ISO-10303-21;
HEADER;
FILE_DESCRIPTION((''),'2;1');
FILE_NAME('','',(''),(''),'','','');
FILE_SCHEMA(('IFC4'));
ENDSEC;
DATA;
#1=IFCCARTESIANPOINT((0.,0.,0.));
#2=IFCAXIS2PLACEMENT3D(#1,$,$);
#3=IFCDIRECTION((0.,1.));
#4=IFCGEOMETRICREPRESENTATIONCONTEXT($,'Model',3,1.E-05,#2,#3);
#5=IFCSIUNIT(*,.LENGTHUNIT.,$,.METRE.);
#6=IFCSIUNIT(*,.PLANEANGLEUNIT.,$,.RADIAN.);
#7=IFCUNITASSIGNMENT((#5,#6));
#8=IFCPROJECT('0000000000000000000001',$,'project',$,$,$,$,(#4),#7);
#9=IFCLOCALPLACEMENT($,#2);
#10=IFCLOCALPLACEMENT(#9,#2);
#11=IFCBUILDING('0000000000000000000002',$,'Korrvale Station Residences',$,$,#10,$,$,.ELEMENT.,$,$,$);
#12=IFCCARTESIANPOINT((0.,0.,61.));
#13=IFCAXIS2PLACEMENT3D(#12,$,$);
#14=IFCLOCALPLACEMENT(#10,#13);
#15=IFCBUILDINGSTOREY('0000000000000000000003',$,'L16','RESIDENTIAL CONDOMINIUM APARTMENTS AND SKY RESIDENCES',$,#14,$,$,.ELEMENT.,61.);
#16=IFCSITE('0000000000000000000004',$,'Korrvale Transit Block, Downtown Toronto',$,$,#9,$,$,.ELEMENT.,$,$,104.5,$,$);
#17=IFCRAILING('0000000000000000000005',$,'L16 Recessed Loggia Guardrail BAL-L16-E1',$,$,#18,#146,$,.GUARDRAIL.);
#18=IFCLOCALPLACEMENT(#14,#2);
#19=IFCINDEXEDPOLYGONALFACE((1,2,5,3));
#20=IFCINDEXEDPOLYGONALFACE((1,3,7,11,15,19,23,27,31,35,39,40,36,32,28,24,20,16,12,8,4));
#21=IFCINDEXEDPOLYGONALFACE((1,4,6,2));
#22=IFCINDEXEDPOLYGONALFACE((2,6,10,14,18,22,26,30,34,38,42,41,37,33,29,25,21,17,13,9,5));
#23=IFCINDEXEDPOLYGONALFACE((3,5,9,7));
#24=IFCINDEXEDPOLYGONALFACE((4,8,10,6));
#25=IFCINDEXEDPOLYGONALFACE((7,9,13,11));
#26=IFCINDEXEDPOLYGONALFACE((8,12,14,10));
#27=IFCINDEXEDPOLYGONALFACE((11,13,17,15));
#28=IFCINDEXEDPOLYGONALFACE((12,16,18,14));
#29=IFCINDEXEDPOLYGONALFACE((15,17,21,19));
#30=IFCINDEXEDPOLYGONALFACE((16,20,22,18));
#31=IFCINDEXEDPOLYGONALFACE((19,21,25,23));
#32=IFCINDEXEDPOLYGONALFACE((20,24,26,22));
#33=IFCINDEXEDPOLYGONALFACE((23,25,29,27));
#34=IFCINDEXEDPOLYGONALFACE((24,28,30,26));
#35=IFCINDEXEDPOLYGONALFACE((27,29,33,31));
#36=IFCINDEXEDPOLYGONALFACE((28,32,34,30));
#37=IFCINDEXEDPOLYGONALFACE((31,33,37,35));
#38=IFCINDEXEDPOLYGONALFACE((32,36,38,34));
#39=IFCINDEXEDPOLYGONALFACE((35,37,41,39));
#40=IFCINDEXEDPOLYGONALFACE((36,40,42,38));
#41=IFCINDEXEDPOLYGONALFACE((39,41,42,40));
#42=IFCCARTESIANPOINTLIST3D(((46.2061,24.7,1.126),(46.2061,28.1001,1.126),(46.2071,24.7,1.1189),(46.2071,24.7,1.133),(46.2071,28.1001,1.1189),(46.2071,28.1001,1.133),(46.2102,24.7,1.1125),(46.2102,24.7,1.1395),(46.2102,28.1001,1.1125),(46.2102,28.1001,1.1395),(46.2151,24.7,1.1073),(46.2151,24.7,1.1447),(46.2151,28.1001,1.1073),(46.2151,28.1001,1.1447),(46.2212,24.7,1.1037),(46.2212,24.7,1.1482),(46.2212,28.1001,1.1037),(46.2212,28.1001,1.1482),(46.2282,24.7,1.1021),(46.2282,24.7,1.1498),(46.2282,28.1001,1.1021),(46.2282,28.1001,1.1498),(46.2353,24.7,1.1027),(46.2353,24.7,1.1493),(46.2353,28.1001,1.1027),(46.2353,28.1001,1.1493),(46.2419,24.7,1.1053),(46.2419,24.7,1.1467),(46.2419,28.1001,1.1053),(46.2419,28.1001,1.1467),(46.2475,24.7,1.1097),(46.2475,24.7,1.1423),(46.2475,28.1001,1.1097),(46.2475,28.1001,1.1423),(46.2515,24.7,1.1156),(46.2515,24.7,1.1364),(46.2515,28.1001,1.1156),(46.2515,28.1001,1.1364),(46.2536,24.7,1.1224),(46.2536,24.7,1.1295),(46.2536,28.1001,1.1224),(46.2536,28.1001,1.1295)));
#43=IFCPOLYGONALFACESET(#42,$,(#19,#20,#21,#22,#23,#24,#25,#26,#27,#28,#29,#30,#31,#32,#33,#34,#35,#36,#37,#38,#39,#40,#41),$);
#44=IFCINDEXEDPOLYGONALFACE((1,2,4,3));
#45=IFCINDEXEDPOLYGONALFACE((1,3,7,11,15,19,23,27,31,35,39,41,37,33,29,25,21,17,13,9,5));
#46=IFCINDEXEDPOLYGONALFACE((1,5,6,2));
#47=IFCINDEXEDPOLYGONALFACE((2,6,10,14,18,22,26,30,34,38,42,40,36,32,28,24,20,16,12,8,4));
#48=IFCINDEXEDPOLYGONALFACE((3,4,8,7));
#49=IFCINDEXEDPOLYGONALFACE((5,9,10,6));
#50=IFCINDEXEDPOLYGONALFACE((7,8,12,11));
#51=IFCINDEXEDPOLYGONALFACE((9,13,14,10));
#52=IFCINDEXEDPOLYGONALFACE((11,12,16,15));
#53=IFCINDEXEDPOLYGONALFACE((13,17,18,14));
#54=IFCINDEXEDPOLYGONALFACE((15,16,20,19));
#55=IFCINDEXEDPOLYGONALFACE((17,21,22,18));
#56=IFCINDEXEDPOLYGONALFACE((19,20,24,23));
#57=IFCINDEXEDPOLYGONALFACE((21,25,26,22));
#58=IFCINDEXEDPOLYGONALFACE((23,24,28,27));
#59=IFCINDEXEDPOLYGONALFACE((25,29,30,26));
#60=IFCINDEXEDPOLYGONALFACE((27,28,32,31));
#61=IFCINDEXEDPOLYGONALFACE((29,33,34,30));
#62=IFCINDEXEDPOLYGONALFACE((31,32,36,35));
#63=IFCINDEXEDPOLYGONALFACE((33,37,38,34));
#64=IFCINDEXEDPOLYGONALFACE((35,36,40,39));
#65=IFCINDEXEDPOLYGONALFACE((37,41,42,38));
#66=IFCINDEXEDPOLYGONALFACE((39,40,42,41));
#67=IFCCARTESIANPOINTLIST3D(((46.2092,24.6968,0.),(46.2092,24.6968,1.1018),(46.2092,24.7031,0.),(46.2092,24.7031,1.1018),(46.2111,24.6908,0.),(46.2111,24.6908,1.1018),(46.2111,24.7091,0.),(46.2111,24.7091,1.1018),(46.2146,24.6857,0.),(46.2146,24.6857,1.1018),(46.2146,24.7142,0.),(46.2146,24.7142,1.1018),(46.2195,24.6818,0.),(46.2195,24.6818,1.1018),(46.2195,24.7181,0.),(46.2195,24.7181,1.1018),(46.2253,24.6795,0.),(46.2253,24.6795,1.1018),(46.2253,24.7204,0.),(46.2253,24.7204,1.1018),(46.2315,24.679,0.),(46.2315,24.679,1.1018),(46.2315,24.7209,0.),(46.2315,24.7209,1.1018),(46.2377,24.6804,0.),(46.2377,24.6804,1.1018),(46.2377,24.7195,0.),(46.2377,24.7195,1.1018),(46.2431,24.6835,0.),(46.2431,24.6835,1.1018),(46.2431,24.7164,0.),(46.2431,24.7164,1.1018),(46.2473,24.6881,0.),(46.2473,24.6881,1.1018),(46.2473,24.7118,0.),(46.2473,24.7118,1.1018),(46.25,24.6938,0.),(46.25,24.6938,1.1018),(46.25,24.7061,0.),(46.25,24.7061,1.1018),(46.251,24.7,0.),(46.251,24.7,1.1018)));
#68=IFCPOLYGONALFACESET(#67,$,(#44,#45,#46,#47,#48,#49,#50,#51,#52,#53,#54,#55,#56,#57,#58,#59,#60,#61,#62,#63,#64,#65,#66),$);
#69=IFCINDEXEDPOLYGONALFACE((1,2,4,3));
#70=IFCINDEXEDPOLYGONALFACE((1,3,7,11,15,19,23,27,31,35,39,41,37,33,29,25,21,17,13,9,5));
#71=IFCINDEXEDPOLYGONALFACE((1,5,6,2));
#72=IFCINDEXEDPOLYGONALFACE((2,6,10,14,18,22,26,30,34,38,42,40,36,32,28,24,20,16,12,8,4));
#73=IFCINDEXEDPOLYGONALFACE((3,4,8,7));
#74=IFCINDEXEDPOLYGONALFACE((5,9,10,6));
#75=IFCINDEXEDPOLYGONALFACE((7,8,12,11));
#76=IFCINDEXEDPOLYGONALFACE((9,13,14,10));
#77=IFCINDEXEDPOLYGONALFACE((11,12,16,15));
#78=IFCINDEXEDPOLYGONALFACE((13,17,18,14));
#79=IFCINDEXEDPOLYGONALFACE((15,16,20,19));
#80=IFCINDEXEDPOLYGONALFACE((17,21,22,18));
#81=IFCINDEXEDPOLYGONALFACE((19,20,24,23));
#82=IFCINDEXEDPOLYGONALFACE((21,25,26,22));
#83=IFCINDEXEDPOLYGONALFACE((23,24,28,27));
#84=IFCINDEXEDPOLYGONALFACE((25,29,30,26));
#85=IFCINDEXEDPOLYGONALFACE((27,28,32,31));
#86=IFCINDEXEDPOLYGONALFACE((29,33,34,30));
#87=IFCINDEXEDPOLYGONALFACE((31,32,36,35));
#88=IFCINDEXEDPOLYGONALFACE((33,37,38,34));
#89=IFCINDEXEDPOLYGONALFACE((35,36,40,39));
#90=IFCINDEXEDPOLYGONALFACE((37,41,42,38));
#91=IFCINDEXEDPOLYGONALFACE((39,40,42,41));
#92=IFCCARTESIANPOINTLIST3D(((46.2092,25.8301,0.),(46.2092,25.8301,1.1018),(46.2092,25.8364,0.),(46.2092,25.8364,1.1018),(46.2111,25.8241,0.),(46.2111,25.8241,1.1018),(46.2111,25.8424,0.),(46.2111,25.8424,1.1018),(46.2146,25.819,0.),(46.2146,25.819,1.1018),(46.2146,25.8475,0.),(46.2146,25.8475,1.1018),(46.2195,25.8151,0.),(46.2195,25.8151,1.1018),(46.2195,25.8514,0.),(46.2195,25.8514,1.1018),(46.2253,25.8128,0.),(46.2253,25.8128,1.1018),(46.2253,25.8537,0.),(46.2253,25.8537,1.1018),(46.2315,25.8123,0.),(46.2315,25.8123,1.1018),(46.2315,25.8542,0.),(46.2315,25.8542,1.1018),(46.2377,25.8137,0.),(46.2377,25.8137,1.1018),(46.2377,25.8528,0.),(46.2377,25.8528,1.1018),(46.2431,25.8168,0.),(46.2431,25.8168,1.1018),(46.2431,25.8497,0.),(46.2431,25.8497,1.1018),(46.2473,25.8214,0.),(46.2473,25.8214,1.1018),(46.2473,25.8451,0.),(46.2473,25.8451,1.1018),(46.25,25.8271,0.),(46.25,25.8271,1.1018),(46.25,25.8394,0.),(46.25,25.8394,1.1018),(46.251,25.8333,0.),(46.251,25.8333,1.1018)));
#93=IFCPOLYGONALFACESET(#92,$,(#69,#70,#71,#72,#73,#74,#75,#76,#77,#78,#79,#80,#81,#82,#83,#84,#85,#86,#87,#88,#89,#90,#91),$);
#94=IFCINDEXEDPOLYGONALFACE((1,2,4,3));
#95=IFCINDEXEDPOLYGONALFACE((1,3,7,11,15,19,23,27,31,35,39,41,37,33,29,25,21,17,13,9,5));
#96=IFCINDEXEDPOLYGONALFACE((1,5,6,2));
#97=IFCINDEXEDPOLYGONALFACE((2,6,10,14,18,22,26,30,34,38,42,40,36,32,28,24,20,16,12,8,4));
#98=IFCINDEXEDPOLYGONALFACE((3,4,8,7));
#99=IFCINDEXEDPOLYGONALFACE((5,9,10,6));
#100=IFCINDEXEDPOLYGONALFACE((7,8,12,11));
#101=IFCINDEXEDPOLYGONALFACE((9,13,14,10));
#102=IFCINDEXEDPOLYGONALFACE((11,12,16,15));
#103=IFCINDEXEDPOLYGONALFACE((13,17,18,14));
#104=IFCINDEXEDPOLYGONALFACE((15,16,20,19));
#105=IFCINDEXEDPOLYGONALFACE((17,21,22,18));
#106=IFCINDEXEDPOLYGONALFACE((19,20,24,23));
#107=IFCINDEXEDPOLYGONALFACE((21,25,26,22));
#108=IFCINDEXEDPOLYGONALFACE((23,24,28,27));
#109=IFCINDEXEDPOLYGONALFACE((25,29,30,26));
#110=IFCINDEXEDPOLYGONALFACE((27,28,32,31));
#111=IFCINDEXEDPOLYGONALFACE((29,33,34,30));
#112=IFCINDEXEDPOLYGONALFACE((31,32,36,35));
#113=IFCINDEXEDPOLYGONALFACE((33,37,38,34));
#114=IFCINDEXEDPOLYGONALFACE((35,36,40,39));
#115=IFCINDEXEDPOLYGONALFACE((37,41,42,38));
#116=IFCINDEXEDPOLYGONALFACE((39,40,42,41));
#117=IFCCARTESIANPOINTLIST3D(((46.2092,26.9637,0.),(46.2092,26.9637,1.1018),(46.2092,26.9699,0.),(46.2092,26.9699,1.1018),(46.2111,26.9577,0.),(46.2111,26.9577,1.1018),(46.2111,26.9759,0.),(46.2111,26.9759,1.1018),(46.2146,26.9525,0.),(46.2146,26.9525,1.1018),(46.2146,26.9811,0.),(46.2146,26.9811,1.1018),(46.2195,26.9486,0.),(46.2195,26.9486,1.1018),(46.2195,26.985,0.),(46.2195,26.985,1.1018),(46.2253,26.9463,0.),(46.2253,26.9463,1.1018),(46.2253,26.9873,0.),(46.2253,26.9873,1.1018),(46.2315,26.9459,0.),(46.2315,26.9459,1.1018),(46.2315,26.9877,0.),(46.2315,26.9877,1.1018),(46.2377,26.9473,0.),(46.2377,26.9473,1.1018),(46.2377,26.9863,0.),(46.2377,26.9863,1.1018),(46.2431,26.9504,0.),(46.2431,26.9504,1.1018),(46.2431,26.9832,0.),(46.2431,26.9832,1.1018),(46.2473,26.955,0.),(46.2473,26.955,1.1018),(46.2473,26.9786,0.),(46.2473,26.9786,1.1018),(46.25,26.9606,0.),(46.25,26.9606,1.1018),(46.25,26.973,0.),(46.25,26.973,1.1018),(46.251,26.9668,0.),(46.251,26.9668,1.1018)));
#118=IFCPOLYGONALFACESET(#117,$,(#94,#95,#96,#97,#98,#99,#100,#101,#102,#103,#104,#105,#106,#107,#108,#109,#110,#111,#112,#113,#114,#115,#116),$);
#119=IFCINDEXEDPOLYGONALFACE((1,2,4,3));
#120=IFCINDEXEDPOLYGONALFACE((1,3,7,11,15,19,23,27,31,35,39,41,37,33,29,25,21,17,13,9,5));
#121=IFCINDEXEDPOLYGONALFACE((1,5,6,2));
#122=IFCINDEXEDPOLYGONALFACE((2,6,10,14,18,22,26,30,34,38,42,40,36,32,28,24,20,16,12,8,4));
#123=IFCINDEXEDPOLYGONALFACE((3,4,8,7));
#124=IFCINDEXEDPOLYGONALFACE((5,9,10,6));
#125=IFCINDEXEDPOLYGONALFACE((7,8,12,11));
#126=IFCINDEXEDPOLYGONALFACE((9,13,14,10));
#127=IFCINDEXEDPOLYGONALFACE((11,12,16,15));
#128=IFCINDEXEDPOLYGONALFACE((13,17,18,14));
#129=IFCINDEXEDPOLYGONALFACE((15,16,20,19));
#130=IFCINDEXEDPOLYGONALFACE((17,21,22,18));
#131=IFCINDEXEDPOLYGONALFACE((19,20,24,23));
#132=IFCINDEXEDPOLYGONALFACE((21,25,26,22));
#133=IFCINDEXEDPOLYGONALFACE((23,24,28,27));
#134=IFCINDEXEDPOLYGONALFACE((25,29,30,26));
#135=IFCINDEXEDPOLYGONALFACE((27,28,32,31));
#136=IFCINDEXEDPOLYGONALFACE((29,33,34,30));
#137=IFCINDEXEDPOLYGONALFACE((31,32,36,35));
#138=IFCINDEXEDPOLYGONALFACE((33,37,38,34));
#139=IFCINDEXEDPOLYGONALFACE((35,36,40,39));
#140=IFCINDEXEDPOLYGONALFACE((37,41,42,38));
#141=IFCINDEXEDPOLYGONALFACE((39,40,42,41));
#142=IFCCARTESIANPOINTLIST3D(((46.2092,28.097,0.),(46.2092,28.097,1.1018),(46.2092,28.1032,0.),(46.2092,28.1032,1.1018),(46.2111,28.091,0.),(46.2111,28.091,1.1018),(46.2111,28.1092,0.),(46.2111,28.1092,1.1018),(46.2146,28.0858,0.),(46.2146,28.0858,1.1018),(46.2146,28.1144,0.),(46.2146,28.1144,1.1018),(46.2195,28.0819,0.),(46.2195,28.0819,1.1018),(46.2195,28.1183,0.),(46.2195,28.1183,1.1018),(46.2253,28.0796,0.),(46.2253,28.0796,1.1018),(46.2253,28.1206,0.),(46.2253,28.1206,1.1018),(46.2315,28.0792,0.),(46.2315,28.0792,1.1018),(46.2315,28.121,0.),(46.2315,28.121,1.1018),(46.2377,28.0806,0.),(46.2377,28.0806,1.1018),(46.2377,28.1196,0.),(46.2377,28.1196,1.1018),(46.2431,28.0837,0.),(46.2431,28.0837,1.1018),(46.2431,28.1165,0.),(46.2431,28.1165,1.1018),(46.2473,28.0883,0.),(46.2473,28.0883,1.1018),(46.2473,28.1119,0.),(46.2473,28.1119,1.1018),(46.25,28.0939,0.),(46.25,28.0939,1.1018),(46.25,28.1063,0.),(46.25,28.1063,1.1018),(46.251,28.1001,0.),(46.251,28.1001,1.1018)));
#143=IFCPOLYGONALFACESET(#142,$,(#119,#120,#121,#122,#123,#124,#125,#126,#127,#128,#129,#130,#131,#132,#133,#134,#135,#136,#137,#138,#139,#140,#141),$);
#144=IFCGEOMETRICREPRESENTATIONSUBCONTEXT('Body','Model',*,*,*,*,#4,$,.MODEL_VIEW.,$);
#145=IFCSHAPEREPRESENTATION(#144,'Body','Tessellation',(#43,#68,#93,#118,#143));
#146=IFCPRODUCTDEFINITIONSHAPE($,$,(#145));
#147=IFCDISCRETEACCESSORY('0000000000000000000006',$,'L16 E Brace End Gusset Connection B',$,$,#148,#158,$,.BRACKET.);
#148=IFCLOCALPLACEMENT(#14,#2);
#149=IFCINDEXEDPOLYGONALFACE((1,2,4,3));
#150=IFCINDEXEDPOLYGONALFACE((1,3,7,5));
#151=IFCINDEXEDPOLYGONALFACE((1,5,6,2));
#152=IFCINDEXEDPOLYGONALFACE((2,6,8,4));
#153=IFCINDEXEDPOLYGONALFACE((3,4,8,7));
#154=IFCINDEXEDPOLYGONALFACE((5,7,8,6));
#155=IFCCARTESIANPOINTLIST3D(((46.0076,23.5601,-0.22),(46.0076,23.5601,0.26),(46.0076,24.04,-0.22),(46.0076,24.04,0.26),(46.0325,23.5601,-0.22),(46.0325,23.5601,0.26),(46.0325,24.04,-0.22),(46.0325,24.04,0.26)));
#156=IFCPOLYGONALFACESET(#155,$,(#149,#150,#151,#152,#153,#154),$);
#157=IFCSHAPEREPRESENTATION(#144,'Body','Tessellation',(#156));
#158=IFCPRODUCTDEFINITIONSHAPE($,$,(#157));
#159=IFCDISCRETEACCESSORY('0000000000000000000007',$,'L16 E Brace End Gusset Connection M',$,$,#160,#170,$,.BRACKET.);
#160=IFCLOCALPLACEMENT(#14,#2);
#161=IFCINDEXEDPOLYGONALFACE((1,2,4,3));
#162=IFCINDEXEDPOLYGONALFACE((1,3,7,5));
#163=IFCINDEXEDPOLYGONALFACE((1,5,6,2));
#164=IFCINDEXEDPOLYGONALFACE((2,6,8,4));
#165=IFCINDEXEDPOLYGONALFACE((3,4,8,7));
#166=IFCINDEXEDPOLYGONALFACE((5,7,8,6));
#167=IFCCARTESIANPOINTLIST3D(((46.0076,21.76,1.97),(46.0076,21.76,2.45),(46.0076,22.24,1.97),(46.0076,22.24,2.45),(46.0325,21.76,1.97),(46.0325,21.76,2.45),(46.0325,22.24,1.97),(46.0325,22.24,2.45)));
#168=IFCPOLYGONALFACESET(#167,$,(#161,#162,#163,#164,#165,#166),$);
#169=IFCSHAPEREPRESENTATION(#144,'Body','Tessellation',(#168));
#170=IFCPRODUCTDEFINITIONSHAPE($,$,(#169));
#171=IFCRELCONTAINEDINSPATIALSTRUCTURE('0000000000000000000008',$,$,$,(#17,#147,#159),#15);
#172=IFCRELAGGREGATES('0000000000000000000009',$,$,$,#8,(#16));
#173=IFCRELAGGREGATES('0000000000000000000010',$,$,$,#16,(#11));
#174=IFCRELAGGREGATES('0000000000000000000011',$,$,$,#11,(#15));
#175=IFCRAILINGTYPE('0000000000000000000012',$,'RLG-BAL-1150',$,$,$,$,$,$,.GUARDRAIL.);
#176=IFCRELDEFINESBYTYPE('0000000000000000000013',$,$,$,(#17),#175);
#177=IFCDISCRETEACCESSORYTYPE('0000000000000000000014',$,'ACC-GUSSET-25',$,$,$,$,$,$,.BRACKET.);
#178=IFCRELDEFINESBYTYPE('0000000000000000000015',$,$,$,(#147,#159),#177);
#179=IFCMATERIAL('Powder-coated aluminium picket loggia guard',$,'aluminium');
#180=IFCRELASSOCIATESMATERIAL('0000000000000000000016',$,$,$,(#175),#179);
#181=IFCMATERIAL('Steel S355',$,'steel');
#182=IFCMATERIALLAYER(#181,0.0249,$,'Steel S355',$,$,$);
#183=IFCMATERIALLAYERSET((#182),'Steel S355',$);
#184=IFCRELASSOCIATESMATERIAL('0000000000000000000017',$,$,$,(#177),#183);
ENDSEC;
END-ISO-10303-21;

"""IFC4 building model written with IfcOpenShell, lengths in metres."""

from ifc_helpers import new_model, si_unit, direction, frame, origin, origin_2d, place, context, subcontext, project, spatial, rectangle, circle, extrude, material, layer, layer_set, type_object, element, save


model = new_model("IFC4")

# Units and contexts
model_context = context("Model", 3, precision=1e-05, world=origin(), true_north=direction((0.0, 1.0)))
body_context = subcontext(model_context, "Body", "Model", "MODEL_VIEW")
ifc_project = project(units=[si_unit("LENGTHUNIT", "METRE"), si_unit("PLANEANGLEUNIT", "RADIAN")], contexts=[model_context])

# Site, building, storey
site_placement = place(None, origin())
site = spatial("IfcSite", under=ifc_project, at=site_placement, Name="Korrvale Transit Block, Downtown Toronto", CompositionType="ELEMENT", RefElevation=104.5)
building_placement = place(site_placement, origin())
building = spatial("IfcBuilding", under=site, at=building_placement, Name="Korrvale Station Residences", CompositionType="ELEMENT")
storey_placement = place(building_placement, frame((0.0, 0.0, 61.0)))
storey = spatial("IfcBuildingStorey", under=building, at=storey_placement, Name="L16", Description="RESIDENTIAL CONDOMINIUM APARTMENTS AND SKY RESIDENCES", CompositionType="ELEMENT", Elevation=61.0)

# Shared definitions
ifc_material_1 = material(Name="Steel S355", Category="steel")

# Railing
ifc_material_2 = material(Name="Powder-coated aluminium picket loggia guard", Category="aluminium")
railing_type = type_object("IfcRailingType", Name="RLG-BAL-1150", PredefinedType="GUARDRAIL", material=ifc_material_2)
railing_placement = place(storey_placement, frame((46.23, 24.7, 0.0)))
element("IfcRailing", 1, at=railing_placement, inside=storey, type_object=railing_type, Name="L16 Recessed Loggia Guardrail BAL-L16-E1", PredefinedType="GUARDRAIL", context=body_context, shape_type="SweptSolid", body=[
    extrude(circle(Radius=0.0239, at=origin_2d()), frame((0.0, 0.0, 1.126), z_axis=(0.0, 1.0, 0.0), x_axis=(-1.0, 0.0, 0.0)), (0.0, 0.0, 1.0), 3.4001),
    extrude(circle(Radius=0.021, at=origin_2d()), origin(), (0.0, 0.0, 1.0), 1.1018),
    extrude(circle(Radius=0.021, at=origin_2d()), frame((0.0, 1.1333, 0.0)), (0.0, 0.0, 1.0), 1.1018),
    extrude(circle(Radius=0.021, at=origin_2d()), frame((0.0, 2.2668, 0.0)), (0.0, 0.0, 1.0), 1.1018),
    extrude(circle(Radius=0.021, at=origin_2d()), frame((0.0, 3.4001, 0.0)), (0.0, 0.0, 1.0), 1.1018),
])

# Discrete accessories
ifc_layer_1 = layer(ifc_material_1, 0.0249, Name="Steel S355")
ifc_layer_set_1 = layer_set([ifc_layer_1], Name="Steel S355")
discrete_accessory_type = type_object("IfcDiscreteAccessoryType", Name="ACC-GUSSET-25", PredefinedType="BRACKET", material=ifc_layer_set_1)
for number, where, z_axis, x_axis, name in (
    (2, (46.02, 23.8, -0.22), (0.0, 0.0, 1.0), (0.0, 1.0, 0.0), "L16 E Brace End Gusset Connection B"),
    (3, (46.02, 22.0, 1.97), (0.0, 0.0, 1.0), (0.0, 1.0, 0.0), "L16 E Brace End Gusset Connection M"),
):
    element("IfcDiscreteAccessory", number, at=place(storey_placement, frame(where, z_axis=z_axis, x_axis=x_axis)), inside=storey, type_object=discrete_accessory_type, Name=name, PredefinedType="BRACKET", context=body_context, shape_type="SweptSolid", body=[
        extrude(rectangle(XDim=0.48, YDim=0.0249, at=origin_2d()), origin(), (0.0, 0.0, 1.0), 0.48),
    ])

save(model, "model.ifc")
